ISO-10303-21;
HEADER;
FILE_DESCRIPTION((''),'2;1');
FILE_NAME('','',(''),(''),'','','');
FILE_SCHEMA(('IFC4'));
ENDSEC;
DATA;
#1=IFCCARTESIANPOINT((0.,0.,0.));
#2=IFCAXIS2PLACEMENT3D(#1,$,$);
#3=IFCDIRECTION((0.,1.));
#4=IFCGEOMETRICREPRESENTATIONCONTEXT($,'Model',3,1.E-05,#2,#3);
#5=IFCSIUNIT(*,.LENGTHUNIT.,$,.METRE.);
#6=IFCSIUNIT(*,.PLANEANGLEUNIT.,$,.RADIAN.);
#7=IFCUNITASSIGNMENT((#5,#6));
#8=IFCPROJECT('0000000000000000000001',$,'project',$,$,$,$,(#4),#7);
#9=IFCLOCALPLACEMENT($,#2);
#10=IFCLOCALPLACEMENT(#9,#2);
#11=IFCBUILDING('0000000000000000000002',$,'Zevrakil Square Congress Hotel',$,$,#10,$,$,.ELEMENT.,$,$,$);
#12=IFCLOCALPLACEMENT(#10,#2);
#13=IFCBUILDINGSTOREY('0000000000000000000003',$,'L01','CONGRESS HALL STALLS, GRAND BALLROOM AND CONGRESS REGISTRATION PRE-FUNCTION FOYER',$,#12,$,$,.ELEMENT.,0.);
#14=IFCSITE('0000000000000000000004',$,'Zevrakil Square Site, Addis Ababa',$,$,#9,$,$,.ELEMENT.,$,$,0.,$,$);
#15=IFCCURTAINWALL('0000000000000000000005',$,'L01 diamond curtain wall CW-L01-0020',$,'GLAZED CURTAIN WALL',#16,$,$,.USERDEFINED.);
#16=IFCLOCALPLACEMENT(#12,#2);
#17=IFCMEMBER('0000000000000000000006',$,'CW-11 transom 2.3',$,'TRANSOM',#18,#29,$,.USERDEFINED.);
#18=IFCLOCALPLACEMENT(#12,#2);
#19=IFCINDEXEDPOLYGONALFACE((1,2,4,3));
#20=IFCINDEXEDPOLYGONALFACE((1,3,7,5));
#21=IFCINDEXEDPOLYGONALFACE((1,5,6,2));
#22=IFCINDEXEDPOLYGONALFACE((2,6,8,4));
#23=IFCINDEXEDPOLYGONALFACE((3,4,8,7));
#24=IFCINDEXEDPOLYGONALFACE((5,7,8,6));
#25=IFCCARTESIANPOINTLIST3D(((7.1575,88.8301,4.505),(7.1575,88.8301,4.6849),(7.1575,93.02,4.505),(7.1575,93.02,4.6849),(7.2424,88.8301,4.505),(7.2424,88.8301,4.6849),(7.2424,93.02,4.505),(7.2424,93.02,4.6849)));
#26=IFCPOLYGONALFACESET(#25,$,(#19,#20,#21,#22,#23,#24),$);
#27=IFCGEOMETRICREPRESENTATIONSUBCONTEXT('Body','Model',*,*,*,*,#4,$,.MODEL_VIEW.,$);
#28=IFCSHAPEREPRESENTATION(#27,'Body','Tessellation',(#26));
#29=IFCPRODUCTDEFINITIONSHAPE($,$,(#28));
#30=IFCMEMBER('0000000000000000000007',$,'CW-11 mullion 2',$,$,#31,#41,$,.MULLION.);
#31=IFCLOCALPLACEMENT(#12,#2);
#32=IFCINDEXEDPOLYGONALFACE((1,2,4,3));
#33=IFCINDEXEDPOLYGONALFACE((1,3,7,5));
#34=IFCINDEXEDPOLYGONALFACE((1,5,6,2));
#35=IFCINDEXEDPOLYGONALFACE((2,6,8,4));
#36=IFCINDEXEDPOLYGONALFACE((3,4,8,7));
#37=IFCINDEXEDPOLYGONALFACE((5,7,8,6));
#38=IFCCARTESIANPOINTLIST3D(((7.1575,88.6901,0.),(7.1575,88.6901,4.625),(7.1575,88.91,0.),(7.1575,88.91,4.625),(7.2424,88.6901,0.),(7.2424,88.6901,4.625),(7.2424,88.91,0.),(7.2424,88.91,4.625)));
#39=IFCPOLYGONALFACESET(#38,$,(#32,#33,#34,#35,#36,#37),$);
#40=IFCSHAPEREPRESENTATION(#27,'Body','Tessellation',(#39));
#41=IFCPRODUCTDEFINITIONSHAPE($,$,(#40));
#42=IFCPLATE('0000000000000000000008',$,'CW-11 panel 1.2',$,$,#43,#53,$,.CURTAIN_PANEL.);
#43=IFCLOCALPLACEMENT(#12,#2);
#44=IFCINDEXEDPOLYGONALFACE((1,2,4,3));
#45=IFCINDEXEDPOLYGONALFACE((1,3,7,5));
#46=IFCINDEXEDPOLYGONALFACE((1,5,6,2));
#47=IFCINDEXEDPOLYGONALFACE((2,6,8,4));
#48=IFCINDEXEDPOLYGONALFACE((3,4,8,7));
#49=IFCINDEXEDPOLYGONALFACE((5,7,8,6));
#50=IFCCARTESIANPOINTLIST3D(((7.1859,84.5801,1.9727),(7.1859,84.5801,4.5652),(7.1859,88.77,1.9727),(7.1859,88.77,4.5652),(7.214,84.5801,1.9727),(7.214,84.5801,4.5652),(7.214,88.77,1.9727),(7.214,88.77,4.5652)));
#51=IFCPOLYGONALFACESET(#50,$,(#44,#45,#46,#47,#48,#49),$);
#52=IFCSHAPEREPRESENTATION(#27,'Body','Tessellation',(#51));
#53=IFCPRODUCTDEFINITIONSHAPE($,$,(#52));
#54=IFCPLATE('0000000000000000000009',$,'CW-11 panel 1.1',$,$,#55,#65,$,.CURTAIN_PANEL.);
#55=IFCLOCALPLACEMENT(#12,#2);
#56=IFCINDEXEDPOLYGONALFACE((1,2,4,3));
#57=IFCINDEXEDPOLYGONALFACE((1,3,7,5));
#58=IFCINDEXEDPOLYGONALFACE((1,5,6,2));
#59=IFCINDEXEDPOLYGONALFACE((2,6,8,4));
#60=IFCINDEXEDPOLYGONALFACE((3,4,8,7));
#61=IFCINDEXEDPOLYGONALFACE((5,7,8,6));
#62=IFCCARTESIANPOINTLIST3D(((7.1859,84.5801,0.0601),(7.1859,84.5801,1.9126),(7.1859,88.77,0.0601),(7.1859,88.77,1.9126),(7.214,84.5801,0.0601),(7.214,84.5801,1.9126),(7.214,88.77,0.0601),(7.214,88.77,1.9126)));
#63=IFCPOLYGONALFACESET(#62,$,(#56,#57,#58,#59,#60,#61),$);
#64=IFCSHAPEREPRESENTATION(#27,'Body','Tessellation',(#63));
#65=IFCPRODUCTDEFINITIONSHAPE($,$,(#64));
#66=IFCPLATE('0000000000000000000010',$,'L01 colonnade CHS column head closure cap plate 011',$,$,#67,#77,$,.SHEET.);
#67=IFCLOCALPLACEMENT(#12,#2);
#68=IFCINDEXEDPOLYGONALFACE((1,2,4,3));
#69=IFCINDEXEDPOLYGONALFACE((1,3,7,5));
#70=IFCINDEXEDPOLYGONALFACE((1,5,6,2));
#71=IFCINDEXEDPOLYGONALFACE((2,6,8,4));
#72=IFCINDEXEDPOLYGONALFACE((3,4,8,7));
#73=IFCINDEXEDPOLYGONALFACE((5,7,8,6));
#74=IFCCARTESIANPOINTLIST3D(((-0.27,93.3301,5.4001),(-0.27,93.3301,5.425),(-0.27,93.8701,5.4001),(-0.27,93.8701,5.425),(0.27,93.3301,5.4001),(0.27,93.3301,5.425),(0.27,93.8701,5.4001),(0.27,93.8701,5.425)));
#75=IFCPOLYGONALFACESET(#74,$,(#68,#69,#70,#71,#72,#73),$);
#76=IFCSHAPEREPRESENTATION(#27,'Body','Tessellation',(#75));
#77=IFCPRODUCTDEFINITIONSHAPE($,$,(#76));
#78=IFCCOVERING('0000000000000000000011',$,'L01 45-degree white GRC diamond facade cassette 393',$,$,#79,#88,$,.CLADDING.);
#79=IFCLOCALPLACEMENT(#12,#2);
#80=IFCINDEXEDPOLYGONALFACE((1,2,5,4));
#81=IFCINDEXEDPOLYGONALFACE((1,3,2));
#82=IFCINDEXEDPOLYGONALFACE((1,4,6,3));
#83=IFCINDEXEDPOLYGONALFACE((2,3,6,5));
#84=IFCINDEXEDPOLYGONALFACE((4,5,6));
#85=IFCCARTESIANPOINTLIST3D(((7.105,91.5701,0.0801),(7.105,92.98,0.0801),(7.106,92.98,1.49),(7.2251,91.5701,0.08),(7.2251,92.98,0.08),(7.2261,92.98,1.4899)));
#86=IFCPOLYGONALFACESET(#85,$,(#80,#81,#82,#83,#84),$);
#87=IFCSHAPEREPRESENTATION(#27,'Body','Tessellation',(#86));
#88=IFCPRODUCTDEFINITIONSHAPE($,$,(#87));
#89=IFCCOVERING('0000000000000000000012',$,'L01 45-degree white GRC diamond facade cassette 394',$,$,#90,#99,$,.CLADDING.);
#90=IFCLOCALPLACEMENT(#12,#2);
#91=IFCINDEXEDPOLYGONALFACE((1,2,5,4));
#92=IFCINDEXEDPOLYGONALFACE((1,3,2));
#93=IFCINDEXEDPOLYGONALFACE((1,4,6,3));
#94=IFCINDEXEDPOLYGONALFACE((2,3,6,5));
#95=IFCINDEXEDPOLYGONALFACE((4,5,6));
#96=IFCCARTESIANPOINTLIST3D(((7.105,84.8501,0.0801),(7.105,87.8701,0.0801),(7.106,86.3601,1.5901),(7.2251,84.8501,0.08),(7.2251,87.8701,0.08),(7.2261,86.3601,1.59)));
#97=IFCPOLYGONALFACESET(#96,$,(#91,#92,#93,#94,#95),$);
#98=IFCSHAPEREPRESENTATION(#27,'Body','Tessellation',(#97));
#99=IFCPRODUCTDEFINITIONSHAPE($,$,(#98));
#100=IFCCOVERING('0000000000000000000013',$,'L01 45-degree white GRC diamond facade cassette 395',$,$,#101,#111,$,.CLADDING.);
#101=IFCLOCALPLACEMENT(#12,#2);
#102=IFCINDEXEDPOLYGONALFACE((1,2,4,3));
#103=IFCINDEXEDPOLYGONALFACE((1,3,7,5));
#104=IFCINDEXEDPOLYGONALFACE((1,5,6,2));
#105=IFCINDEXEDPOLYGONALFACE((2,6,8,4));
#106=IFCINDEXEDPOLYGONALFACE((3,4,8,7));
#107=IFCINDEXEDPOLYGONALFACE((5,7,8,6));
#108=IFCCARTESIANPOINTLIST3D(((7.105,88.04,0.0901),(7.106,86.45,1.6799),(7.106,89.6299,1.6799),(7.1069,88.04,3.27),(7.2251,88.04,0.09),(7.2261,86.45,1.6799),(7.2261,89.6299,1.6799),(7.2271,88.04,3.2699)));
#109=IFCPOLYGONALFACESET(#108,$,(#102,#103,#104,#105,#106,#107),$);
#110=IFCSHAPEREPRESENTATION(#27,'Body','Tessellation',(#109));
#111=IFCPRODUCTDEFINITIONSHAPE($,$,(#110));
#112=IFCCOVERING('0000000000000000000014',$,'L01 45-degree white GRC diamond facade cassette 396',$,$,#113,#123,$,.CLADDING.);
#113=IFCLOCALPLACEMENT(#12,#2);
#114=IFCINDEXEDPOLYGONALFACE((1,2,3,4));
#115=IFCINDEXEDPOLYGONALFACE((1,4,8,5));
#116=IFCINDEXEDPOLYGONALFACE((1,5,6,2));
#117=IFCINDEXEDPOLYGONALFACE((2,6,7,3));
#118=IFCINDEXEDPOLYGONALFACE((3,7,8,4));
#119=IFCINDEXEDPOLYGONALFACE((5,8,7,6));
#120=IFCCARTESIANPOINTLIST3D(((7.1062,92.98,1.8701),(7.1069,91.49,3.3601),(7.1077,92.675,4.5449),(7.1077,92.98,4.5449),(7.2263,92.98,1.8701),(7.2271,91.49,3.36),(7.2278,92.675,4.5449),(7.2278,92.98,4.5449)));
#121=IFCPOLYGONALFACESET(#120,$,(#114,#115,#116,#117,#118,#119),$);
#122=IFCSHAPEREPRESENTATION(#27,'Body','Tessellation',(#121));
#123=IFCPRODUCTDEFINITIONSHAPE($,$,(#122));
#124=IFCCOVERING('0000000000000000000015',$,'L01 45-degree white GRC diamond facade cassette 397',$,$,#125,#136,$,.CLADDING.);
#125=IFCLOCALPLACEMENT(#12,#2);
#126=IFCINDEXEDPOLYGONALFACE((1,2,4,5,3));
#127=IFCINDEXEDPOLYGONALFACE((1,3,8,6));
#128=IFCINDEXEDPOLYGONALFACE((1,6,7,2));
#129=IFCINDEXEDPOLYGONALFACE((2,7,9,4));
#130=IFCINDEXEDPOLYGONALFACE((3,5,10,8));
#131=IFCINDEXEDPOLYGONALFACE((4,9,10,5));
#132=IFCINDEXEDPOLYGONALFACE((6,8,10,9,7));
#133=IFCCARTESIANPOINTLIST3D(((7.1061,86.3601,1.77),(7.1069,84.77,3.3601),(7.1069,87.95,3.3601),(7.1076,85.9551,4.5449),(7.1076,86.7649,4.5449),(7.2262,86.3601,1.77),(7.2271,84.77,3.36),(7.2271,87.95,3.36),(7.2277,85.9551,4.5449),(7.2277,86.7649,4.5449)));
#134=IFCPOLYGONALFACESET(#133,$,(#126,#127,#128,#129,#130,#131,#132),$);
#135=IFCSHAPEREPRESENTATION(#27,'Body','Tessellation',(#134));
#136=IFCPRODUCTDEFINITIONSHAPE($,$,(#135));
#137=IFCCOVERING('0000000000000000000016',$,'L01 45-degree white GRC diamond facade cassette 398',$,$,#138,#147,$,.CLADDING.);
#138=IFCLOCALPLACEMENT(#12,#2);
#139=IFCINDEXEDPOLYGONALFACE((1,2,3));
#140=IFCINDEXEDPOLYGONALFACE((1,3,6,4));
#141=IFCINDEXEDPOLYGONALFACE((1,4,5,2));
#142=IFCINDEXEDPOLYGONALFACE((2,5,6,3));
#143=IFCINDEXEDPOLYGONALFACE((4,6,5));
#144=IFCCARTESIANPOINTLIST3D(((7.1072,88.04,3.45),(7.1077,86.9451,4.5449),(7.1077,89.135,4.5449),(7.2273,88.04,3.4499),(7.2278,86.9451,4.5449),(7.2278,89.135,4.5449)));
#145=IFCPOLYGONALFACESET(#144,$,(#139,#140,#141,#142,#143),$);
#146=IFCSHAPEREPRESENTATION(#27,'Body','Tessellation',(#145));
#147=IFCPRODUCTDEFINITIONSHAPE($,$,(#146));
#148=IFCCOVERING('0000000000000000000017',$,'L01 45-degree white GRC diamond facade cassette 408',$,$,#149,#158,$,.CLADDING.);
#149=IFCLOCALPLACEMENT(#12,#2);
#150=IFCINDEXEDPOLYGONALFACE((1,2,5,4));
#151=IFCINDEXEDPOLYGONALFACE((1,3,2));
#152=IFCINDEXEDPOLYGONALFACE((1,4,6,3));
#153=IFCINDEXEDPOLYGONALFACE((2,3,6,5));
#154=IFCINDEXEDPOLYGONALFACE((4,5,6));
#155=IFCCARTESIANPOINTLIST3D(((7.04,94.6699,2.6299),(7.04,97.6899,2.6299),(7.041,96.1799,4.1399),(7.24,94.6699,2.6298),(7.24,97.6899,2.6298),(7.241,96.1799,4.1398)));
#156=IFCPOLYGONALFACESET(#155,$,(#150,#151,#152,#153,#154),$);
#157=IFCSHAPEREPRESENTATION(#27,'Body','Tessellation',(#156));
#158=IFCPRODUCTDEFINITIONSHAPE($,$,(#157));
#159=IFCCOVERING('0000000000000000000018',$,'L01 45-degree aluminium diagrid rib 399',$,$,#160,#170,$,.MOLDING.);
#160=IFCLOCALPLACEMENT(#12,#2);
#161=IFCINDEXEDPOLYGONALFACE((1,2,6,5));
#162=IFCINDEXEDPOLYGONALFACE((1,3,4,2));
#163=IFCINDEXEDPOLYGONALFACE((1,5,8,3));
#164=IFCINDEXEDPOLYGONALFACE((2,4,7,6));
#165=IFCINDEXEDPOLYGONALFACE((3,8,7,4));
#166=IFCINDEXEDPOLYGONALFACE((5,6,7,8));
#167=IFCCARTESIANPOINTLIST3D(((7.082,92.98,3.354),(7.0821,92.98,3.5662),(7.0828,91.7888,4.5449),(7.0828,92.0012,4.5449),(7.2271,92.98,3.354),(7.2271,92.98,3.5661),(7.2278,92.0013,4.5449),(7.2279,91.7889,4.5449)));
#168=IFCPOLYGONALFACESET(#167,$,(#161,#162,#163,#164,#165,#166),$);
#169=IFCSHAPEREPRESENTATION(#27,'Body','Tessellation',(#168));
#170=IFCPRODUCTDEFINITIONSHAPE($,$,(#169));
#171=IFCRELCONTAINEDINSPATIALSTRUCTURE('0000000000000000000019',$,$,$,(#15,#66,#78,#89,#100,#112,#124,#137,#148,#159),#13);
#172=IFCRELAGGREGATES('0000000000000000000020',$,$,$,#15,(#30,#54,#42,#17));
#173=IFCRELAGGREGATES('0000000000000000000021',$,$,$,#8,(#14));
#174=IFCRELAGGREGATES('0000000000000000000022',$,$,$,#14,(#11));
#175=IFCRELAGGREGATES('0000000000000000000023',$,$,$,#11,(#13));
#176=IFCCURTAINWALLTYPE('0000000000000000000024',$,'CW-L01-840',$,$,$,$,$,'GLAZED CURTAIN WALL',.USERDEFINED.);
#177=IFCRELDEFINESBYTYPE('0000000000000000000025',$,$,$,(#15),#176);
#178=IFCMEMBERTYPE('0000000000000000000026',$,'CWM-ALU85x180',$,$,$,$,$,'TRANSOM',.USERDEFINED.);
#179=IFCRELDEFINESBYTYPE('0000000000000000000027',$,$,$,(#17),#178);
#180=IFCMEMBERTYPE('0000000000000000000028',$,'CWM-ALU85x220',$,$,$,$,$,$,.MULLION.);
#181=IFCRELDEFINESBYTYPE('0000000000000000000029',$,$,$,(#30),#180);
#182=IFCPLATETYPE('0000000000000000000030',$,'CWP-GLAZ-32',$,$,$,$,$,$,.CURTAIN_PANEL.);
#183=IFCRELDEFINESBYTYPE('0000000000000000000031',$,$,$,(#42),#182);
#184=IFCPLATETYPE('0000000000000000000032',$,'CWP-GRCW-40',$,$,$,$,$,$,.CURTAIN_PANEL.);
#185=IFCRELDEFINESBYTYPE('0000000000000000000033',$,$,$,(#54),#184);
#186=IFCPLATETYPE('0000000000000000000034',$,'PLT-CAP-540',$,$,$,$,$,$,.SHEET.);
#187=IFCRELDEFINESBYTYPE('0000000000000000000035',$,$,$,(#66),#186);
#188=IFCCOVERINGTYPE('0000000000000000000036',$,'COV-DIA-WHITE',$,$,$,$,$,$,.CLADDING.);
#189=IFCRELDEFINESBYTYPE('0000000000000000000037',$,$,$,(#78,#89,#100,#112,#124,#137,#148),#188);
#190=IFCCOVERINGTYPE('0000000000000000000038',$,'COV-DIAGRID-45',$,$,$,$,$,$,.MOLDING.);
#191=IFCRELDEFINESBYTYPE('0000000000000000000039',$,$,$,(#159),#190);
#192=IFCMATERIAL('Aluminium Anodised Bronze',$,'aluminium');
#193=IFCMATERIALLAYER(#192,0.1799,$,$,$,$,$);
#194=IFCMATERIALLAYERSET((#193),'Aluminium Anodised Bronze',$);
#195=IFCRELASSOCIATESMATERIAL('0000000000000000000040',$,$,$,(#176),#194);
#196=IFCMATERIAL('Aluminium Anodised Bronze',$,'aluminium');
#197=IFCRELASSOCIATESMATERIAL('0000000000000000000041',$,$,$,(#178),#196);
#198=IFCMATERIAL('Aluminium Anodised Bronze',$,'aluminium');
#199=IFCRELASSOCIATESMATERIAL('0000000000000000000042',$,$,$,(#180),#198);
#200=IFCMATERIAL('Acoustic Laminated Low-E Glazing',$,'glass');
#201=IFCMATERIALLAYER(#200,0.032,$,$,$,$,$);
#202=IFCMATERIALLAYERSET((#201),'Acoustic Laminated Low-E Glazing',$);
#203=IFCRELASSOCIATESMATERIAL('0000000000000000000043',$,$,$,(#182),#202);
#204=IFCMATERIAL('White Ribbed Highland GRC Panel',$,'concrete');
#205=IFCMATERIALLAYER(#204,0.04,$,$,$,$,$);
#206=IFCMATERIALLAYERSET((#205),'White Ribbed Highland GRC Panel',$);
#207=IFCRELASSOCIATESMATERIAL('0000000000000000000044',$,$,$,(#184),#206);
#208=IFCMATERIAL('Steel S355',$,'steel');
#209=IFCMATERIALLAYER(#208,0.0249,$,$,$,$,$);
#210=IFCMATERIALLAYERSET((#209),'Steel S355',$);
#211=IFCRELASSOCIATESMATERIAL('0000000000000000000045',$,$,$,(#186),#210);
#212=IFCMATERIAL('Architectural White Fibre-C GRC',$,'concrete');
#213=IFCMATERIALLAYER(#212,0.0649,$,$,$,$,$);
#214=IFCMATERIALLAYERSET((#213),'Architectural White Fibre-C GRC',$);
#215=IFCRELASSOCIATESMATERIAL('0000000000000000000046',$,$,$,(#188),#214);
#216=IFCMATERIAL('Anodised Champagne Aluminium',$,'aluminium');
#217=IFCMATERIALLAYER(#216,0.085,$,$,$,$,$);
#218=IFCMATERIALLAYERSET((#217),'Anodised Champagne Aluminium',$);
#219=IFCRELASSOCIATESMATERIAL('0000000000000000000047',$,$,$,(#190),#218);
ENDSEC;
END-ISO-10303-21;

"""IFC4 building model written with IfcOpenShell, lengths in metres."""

from ifc_helpers import new_model, si_unit, direction, frame, origin, origin_2d, place, context, subcontext, project, spatial, polyline, rectangle, outline, extrude, material, layer, layer_set, material_profile, profile_set, type_object, element, aggregate, save


model = new_model("IFC4")

# Units and contexts
model_context = context("Model", 3, precision=1e-05, world=origin(), true_north=direction((0.0, 1.0)))
body_context = subcontext(model_context, "Body", "Model", "MODEL_VIEW")
ifc_project = project(units=[si_unit("LENGTHUNIT", "METRE"), si_unit("PLANEANGLEUNIT", "RADIAN")], contexts=[model_context])

# Site, building, storey
site_placement = place(None, origin())
site = spatial("IfcSite", under=ifc_project, at=site_placement, Name="Zevrakil Square Site, Addis Ababa", CompositionType="ELEMENT", RefElevation=0.0)
building_placement = place(site_placement, origin())
building = spatial("IfcBuilding", under=site, at=building_placement, Name="Zevrakil Square Congress Hotel", CompositionType="ELEMENT")
storey_placement = place(building_placement, origin())
storey = spatial("IfcBuildingStorey", under=building, at=storey_placement, Name="L01", Description="CONGRESS HALL STALLS, GRAND BALLROOM AND CONGRESS REGISTRATION PRE-FUNCTION FOYER", CompositionType="ELEMENT", Elevation=0.0)

# Curtain wall, members, plates
ifc_material_1 = material(Name="Aluminium Anodised Bronze", Category="aluminium")
ifc_layer_1 = layer(ifc_material_1, 0.1799)
ifc_layer_set_1 = layer_set([ifc_layer_1], Name="Aluminium Anodised Bronze")
curtain_wall_type = type_object("IfcCurtainWallType", Name="CW-L01-840", ElementType="GLAZED CURTAIN WALL", PredefinedType="USERDEFINED", material=ifc_layer_set_1)
curtain_wall_placement = place(storey_placement, origin())
curtain_wall = element("IfcCurtainWall", 1, at=curtain_wall_placement, inside=storey, type_object=curtain_wall_type, Name="L01 diamond curtain wall CW-L01-0020", ObjectType="GLAZED CURTAIN WALL", PredefinedType="USERDEFINED")
ifc_material_2 = material(Name="Aluminium Anodised Bronze", Category="aluminium")
ifc_material_profile_1 = material_profile(ifc_material_2, rectangle(XDim=0.085, YDim=0.1799, at=origin_2d()), Name="ALU 85x180")
ifc_profile_set_1 = profile_set([ifc_material_profile_1], Name="Aluminium Anodised Bronze")
member_type_1 = type_object("IfcMemberType", Name="CWM-ALU85x180", ElementType="TRANSOM", PredefinedType="USERDEFINED", material=ifc_profile_set_1)
member_1_placement = place(storey_placement, frame((7.2, 88.8301, 4.595), z_axis=(0.0, 1.0, 0.0), x_axis=(-1.0, 0.0, 0.0)))
member_1 = element("IfcMember", 2, at=member_1_placement, type_object=member_type_1, Name="CW-11 transom 2.3", ObjectType="TRANSOM", PredefinedType="USERDEFINED", context=body_context, shape_type="SweptSolid", body=[
    extrude(rectangle(XDim=0.085, YDim=0.1799, at=origin_2d()), origin(), (0.0, 0.0, 1.0), 4.1899),
])
ifc_material_3 = material(Name="Aluminium Anodised Bronze", Category="aluminium")
ifc_material_profile_2 = material_profile(ifc_material_3, rectangle(XDim=0.085, YDim=0.22, at=origin_2d()), Name="ALU 85x220")
ifc_profile_set_2 = profile_set([ifc_material_profile_2], Name="Aluminium Anodised Bronze")
member_type_2 = type_object("IfcMemberType", Name="CWM-ALU85x220", PredefinedType="MULLION", material=ifc_profile_set_2)
member_2_placement = place(storey_placement, frame((7.2, 88.8, 0.0), z_axis=(0.0, 0.0, 1.0), x_axis=(-1.0, 0.0, 0.0)))
member_2 = element("IfcMember", 3, at=member_2_placement, type_object=member_type_2, Name="CW-11 mullion 2", PredefinedType="MULLION", context=body_context, shape_type="SweptSolid", body=[
    extrude(rectangle(XDim=0.085, YDim=0.22, at=origin_2d()), origin(), (0.0, 0.0, 1.0), 4.625),
])
ifc_material_4 = material(Name="Acoustic Laminated Low-E Glazing", Category="glass")
ifc_layer_2 = layer(ifc_material_4, 0.032)
ifc_layer_set_2 = layer_set([ifc_layer_2], Name="Acoustic Laminated Low-E Glazing")
plate_type_1 = type_object("IfcPlateType", Name="CWP-GLAZ-32", PredefinedType="CURTAIN_PANEL", material=ifc_layer_set_2)
plate_1_placement = place(storey_placement, frame((7.2, 86.675, 1.9727), z_axis=(0.0, 0.0, 1.0), x_axis=(0.0, 1.0, 0.0)))
plate_1 = element("IfcPlate", 4, at=plate_1_placement, type_object=plate_type_1, Name="CW-11 panel 1.2", PredefinedType="CURTAIN_PANEL", context=body_context, shape_type="SweptSolid", body=[
    extrude(rectangle(XDim=4.1899, YDim=0.0281, at=origin_2d()), origin(), (0.0, 0.0, 1.0), 2.5925),
])
ifc_material_5 = material(Name="White Ribbed Highland GRC Panel", Category="concrete")
ifc_layer_3 = layer(ifc_material_5, 0.04)
ifc_layer_set_3 = layer_set([ifc_layer_3], Name="White Ribbed Highland GRC Panel")
plate_type_2 = type_object("IfcPlateType", Name="CWP-GRCW-40", PredefinedType="CURTAIN_PANEL", material=ifc_layer_set_3)
plate_2_placement = place(storey_placement, frame((7.2, 86.675, 0.0601), z_axis=(0.0, 0.0, 1.0), x_axis=(0.0, 1.0, 0.0)))
plate_2 = element("IfcPlate", 5, at=plate_2_placement, type_object=plate_type_2, Name="CW-11 panel 1.1", PredefinedType="CURTAIN_PANEL", context=body_context, shape_type="SweptSolid", body=[
    extrude(rectangle(XDim=4.1899, YDim=0.0281, at=origin_2d()), origin(), (0.0, 0.0, 1.0), 1.8525),
])
aggregate(curtain_wall, [member_2, plate_2, plate_1, member_1])

# Plate
ifc_material_6 = material(Name="Steel S355", Category="steel")
ifc_layer_4 = layer(ifc_material_6, 0.0249)
ifc_layer_set_4 = layer_set([ifc_layer_4], Name="Steel S355")
plate_type_3 = type_object("IfcPlateType", Name="PLT-CAP-540", PredefinedType="SHEET", material=ifc_layer_set_4)
plate_3_placement = place(storey_placement, frame((0.0, 93.6001, 5.4001), z_axis=(0.0, 0.0, 1.0), x_axis=(1.0, 0.0, 0.0)))
element("IfcPlate", 6, at=plate_3_placement, inside=storey, type_object=plate_type_3, Name="L01 colonnade CHS column head closure cap plate 011", PredefinedType="SHEET", context=body_context, shape_type="SweptSolid", body=[
    extrude(rectangle(XDim=0.54, YDim=0.54, at=origin_2d()), origin(), (0.0, 0.0, 1.0), 0.0249),
])

# Coverings
ifc_material_7 = material(Name="Architectural White Fibre-C GRC", Category="concrete")
ifc_layer_5 = layer(ifc_material_7, 0.0649)
ifc_layer_set_5 = layer_set([ifc_layer_5], Name="Architectural White Fibre-C GRC")
covering_type_1 = type_object("IfcCoveringType", Name="COV-DIA-WHITE", PredefinedType="CLADDING", material=ifc_layer_set_5)
covering_1_placement = place(storey_placement, frame((7.105, 91.5701, 0.0801), z_axis=(-1.0, 0.0, 0.000693), x_axis=(0.0, 1.0, 0.0)))
element("IfcCovering", 7, at=covering_1_placement, inside=storey, type_object=covering_type_1, Name="L01 45-degree white GRC diamond facade cassette 393", PredefinedType="CLADDING", context=body_context, shape_type="SweptSolid", body=[
    extrude(outline(polyline([(0.0, 0.0), (1.4099, 0.0), (1.4099, -1.4099), (0.0, 0.0)])), origin(), (0.0, 0.0, -1.0), 0.1201),
])
covering_2_placement = place(storey_placement, frame((7.106, 86.3601, 1.5901), z_axis=(-1.0, 0.0, 0.000647), x_axis=(-0.000457, -0.707107, -0.707107)))
element("IfcCovering", 8, at=covering_2_placement, inside=storey, type_object=covering_type_1, Name="L01 45-degree white GRC diamond facade cassette 394", PredefinedType="CLADDING", context=body_context, shape_type="SweptSolid", body=[
    extrude(outline(polyline([(0.0, 0.0), (2.1355, 0.0), (0.0, -2.1355), (0.0, 0.0)])), origin(), (0.0, 0.0, -1.0), 0.1201),
])
covering_3_placement = place(storey_placement, frame((7.1069, 88.04, 3.27), z_axis=(-1.0, 0.0, 0.000614), x_axis=(-0.000434, -0.707107, -0.707107)))
element("IfcCovering", 9, at=covering_3_placement, inside=storey, type_object=covering_type_1, Name="L01 45-degree white GRC diamond facade cassette 395", PredefinedType="CLADDING", context=body_context, shape_type="SweptSolid", body=[
    extrude(outline(polyline([(0.0, 0.0), (2.2487, 0.0), (2.2486, -2.2486), (0.0002, -2.2486), (0.0, 0.0)])), origin(), (0.0, 0.0, -1.0), 0.1201),
])
covering_4_placement = place(storey_placement, frame((7.1069, 91.49, 3.3601), z_axis=(-1.0, 0.000051, 0.000554), x_axis=(-0.000355, 0.707107, -0.707107)))
element("IfcCovering", 10, at=covering_4_placement, inside=storey, type_object=covering_type_1, Name="L01 45-degree white GRC diamond facade cassette 396", PredefinedType="CLADDING", context=body_context, shape_type="SweptSolid", body=[
    extrude(outline(polyline([(0.0, 0.0), (2.1072, 0.0), (0.2158, -1.8914), (0.0002, -1.6758), (0.0, 0.0)])), origin(), (0.0, 0.0, -1.0), 0.1201),
])
covering_5_placement = place(storey_placement, frame((7.1069, 84.77, 3.3601), z_axis=(-1.0, 0.0, 0.000537), x_axis=(-0.00038, 0.707107, -0.707107)))
element("IfcCovering", 11, at=covering_5_placement, inside=storey, type_object=covering_type_1, Name="L01 45-degree white GRC diamond facade cassette 397", PredefinedType="CLADDING", context=body_context, shape_type="SweptSolid", body=[
    extrude(outline(polyline([(0.0, 0.0), (2.2487, 0.0), (2.2486, -2.2486), (0.5728, -2.2484), (0.0002, -1.6758), (0.0, 0.0)])), origin(), (0.0, 0.0, -1.0), 0.1201),
])
covering_6_placement = place(storey_placement, frame((7.1072, 88.04, 3.45), z_axis=(-1.0, 0.0, 0.000446), x_axis=(0.000315, 0.707107, 0.707107)))
element("IfcCovering", 12, at=covering_6_placement, inside=storey, type_object=covering_type_1, Name="L01 45-degree white GRC diamond facade cassette 398", PredefinedType="CLADDING", context=body_context, shape_type="SweptSolid", body=[
    extrude(outline(polyline([(0.0, 0.0), (1.5485, 0.0), (0.0, -1.5485), (0.0, 0.0)])), origin(), (0.0, 0.0, -1.0), 0.1201),
])
covering_7_placement = place(storey_placement, frame((7.041, 96.1799, 4.1399), z_axis=(-1.0, 0.0, 0.000647), x_axis=(-0.000457, -0.707107, -0.707107)))
element("IfcCovering", 13, at=covering_7_placement, inside=storey, type_object=covering_type_1, Name="L01 45-degree white GRC diamond facade cassette 408", PredefinedType="CLADDING", context=body_context, shape_type="SweptSolid", body=[
    extrude(outline(polyline([(0.0, 0.0), (2.1355, 0.0), (0.0, -2.1355), (0.0, 0.0)])), origin(), (0.0, 0.0, -1.0), 0.2),
])
ifc_material_8 = material(Name="Anodised Champagne Aluminium", Category="aluminium")
ifc_layer_6 = layer(ifc_material_8, 0.085)
ifc_layer_set_6 = layer_set([ifc_layer_6], Name="Anodised Champagne Aluminium")
covering_type_2 = type_object("IfcCoveringType", Name="COV-DIAGRID-45", PredefinedType="MOLDING", material=ifc_layer_set_6)
covering_8_placement = place(storey_placement, frame((7.082, 92.98, 3.354), z_axis=(-1.0, -0.000337, 0.000338), x_axis=(0.000338, 0.0, 1.0)))
element("IfcCovering", 14, at=covering_8_placement, inside=storey, type_object=covering_type_2, Name="L01 45-degree aluminium diagrid rib 399", PredefinedType="MOLDING", context=body_context, shape_type="SweptSolid", body=[
    extrude(outline(polyline([(0.0, 0.0), (0.2122, 0.0), (1.1909, -0.9788), (1.1909, -1.1912), (0.0, 0.0)])), origin(), (0.0, 0.0, -1.0), 0.145),
])

save(model, "model.ifc")
